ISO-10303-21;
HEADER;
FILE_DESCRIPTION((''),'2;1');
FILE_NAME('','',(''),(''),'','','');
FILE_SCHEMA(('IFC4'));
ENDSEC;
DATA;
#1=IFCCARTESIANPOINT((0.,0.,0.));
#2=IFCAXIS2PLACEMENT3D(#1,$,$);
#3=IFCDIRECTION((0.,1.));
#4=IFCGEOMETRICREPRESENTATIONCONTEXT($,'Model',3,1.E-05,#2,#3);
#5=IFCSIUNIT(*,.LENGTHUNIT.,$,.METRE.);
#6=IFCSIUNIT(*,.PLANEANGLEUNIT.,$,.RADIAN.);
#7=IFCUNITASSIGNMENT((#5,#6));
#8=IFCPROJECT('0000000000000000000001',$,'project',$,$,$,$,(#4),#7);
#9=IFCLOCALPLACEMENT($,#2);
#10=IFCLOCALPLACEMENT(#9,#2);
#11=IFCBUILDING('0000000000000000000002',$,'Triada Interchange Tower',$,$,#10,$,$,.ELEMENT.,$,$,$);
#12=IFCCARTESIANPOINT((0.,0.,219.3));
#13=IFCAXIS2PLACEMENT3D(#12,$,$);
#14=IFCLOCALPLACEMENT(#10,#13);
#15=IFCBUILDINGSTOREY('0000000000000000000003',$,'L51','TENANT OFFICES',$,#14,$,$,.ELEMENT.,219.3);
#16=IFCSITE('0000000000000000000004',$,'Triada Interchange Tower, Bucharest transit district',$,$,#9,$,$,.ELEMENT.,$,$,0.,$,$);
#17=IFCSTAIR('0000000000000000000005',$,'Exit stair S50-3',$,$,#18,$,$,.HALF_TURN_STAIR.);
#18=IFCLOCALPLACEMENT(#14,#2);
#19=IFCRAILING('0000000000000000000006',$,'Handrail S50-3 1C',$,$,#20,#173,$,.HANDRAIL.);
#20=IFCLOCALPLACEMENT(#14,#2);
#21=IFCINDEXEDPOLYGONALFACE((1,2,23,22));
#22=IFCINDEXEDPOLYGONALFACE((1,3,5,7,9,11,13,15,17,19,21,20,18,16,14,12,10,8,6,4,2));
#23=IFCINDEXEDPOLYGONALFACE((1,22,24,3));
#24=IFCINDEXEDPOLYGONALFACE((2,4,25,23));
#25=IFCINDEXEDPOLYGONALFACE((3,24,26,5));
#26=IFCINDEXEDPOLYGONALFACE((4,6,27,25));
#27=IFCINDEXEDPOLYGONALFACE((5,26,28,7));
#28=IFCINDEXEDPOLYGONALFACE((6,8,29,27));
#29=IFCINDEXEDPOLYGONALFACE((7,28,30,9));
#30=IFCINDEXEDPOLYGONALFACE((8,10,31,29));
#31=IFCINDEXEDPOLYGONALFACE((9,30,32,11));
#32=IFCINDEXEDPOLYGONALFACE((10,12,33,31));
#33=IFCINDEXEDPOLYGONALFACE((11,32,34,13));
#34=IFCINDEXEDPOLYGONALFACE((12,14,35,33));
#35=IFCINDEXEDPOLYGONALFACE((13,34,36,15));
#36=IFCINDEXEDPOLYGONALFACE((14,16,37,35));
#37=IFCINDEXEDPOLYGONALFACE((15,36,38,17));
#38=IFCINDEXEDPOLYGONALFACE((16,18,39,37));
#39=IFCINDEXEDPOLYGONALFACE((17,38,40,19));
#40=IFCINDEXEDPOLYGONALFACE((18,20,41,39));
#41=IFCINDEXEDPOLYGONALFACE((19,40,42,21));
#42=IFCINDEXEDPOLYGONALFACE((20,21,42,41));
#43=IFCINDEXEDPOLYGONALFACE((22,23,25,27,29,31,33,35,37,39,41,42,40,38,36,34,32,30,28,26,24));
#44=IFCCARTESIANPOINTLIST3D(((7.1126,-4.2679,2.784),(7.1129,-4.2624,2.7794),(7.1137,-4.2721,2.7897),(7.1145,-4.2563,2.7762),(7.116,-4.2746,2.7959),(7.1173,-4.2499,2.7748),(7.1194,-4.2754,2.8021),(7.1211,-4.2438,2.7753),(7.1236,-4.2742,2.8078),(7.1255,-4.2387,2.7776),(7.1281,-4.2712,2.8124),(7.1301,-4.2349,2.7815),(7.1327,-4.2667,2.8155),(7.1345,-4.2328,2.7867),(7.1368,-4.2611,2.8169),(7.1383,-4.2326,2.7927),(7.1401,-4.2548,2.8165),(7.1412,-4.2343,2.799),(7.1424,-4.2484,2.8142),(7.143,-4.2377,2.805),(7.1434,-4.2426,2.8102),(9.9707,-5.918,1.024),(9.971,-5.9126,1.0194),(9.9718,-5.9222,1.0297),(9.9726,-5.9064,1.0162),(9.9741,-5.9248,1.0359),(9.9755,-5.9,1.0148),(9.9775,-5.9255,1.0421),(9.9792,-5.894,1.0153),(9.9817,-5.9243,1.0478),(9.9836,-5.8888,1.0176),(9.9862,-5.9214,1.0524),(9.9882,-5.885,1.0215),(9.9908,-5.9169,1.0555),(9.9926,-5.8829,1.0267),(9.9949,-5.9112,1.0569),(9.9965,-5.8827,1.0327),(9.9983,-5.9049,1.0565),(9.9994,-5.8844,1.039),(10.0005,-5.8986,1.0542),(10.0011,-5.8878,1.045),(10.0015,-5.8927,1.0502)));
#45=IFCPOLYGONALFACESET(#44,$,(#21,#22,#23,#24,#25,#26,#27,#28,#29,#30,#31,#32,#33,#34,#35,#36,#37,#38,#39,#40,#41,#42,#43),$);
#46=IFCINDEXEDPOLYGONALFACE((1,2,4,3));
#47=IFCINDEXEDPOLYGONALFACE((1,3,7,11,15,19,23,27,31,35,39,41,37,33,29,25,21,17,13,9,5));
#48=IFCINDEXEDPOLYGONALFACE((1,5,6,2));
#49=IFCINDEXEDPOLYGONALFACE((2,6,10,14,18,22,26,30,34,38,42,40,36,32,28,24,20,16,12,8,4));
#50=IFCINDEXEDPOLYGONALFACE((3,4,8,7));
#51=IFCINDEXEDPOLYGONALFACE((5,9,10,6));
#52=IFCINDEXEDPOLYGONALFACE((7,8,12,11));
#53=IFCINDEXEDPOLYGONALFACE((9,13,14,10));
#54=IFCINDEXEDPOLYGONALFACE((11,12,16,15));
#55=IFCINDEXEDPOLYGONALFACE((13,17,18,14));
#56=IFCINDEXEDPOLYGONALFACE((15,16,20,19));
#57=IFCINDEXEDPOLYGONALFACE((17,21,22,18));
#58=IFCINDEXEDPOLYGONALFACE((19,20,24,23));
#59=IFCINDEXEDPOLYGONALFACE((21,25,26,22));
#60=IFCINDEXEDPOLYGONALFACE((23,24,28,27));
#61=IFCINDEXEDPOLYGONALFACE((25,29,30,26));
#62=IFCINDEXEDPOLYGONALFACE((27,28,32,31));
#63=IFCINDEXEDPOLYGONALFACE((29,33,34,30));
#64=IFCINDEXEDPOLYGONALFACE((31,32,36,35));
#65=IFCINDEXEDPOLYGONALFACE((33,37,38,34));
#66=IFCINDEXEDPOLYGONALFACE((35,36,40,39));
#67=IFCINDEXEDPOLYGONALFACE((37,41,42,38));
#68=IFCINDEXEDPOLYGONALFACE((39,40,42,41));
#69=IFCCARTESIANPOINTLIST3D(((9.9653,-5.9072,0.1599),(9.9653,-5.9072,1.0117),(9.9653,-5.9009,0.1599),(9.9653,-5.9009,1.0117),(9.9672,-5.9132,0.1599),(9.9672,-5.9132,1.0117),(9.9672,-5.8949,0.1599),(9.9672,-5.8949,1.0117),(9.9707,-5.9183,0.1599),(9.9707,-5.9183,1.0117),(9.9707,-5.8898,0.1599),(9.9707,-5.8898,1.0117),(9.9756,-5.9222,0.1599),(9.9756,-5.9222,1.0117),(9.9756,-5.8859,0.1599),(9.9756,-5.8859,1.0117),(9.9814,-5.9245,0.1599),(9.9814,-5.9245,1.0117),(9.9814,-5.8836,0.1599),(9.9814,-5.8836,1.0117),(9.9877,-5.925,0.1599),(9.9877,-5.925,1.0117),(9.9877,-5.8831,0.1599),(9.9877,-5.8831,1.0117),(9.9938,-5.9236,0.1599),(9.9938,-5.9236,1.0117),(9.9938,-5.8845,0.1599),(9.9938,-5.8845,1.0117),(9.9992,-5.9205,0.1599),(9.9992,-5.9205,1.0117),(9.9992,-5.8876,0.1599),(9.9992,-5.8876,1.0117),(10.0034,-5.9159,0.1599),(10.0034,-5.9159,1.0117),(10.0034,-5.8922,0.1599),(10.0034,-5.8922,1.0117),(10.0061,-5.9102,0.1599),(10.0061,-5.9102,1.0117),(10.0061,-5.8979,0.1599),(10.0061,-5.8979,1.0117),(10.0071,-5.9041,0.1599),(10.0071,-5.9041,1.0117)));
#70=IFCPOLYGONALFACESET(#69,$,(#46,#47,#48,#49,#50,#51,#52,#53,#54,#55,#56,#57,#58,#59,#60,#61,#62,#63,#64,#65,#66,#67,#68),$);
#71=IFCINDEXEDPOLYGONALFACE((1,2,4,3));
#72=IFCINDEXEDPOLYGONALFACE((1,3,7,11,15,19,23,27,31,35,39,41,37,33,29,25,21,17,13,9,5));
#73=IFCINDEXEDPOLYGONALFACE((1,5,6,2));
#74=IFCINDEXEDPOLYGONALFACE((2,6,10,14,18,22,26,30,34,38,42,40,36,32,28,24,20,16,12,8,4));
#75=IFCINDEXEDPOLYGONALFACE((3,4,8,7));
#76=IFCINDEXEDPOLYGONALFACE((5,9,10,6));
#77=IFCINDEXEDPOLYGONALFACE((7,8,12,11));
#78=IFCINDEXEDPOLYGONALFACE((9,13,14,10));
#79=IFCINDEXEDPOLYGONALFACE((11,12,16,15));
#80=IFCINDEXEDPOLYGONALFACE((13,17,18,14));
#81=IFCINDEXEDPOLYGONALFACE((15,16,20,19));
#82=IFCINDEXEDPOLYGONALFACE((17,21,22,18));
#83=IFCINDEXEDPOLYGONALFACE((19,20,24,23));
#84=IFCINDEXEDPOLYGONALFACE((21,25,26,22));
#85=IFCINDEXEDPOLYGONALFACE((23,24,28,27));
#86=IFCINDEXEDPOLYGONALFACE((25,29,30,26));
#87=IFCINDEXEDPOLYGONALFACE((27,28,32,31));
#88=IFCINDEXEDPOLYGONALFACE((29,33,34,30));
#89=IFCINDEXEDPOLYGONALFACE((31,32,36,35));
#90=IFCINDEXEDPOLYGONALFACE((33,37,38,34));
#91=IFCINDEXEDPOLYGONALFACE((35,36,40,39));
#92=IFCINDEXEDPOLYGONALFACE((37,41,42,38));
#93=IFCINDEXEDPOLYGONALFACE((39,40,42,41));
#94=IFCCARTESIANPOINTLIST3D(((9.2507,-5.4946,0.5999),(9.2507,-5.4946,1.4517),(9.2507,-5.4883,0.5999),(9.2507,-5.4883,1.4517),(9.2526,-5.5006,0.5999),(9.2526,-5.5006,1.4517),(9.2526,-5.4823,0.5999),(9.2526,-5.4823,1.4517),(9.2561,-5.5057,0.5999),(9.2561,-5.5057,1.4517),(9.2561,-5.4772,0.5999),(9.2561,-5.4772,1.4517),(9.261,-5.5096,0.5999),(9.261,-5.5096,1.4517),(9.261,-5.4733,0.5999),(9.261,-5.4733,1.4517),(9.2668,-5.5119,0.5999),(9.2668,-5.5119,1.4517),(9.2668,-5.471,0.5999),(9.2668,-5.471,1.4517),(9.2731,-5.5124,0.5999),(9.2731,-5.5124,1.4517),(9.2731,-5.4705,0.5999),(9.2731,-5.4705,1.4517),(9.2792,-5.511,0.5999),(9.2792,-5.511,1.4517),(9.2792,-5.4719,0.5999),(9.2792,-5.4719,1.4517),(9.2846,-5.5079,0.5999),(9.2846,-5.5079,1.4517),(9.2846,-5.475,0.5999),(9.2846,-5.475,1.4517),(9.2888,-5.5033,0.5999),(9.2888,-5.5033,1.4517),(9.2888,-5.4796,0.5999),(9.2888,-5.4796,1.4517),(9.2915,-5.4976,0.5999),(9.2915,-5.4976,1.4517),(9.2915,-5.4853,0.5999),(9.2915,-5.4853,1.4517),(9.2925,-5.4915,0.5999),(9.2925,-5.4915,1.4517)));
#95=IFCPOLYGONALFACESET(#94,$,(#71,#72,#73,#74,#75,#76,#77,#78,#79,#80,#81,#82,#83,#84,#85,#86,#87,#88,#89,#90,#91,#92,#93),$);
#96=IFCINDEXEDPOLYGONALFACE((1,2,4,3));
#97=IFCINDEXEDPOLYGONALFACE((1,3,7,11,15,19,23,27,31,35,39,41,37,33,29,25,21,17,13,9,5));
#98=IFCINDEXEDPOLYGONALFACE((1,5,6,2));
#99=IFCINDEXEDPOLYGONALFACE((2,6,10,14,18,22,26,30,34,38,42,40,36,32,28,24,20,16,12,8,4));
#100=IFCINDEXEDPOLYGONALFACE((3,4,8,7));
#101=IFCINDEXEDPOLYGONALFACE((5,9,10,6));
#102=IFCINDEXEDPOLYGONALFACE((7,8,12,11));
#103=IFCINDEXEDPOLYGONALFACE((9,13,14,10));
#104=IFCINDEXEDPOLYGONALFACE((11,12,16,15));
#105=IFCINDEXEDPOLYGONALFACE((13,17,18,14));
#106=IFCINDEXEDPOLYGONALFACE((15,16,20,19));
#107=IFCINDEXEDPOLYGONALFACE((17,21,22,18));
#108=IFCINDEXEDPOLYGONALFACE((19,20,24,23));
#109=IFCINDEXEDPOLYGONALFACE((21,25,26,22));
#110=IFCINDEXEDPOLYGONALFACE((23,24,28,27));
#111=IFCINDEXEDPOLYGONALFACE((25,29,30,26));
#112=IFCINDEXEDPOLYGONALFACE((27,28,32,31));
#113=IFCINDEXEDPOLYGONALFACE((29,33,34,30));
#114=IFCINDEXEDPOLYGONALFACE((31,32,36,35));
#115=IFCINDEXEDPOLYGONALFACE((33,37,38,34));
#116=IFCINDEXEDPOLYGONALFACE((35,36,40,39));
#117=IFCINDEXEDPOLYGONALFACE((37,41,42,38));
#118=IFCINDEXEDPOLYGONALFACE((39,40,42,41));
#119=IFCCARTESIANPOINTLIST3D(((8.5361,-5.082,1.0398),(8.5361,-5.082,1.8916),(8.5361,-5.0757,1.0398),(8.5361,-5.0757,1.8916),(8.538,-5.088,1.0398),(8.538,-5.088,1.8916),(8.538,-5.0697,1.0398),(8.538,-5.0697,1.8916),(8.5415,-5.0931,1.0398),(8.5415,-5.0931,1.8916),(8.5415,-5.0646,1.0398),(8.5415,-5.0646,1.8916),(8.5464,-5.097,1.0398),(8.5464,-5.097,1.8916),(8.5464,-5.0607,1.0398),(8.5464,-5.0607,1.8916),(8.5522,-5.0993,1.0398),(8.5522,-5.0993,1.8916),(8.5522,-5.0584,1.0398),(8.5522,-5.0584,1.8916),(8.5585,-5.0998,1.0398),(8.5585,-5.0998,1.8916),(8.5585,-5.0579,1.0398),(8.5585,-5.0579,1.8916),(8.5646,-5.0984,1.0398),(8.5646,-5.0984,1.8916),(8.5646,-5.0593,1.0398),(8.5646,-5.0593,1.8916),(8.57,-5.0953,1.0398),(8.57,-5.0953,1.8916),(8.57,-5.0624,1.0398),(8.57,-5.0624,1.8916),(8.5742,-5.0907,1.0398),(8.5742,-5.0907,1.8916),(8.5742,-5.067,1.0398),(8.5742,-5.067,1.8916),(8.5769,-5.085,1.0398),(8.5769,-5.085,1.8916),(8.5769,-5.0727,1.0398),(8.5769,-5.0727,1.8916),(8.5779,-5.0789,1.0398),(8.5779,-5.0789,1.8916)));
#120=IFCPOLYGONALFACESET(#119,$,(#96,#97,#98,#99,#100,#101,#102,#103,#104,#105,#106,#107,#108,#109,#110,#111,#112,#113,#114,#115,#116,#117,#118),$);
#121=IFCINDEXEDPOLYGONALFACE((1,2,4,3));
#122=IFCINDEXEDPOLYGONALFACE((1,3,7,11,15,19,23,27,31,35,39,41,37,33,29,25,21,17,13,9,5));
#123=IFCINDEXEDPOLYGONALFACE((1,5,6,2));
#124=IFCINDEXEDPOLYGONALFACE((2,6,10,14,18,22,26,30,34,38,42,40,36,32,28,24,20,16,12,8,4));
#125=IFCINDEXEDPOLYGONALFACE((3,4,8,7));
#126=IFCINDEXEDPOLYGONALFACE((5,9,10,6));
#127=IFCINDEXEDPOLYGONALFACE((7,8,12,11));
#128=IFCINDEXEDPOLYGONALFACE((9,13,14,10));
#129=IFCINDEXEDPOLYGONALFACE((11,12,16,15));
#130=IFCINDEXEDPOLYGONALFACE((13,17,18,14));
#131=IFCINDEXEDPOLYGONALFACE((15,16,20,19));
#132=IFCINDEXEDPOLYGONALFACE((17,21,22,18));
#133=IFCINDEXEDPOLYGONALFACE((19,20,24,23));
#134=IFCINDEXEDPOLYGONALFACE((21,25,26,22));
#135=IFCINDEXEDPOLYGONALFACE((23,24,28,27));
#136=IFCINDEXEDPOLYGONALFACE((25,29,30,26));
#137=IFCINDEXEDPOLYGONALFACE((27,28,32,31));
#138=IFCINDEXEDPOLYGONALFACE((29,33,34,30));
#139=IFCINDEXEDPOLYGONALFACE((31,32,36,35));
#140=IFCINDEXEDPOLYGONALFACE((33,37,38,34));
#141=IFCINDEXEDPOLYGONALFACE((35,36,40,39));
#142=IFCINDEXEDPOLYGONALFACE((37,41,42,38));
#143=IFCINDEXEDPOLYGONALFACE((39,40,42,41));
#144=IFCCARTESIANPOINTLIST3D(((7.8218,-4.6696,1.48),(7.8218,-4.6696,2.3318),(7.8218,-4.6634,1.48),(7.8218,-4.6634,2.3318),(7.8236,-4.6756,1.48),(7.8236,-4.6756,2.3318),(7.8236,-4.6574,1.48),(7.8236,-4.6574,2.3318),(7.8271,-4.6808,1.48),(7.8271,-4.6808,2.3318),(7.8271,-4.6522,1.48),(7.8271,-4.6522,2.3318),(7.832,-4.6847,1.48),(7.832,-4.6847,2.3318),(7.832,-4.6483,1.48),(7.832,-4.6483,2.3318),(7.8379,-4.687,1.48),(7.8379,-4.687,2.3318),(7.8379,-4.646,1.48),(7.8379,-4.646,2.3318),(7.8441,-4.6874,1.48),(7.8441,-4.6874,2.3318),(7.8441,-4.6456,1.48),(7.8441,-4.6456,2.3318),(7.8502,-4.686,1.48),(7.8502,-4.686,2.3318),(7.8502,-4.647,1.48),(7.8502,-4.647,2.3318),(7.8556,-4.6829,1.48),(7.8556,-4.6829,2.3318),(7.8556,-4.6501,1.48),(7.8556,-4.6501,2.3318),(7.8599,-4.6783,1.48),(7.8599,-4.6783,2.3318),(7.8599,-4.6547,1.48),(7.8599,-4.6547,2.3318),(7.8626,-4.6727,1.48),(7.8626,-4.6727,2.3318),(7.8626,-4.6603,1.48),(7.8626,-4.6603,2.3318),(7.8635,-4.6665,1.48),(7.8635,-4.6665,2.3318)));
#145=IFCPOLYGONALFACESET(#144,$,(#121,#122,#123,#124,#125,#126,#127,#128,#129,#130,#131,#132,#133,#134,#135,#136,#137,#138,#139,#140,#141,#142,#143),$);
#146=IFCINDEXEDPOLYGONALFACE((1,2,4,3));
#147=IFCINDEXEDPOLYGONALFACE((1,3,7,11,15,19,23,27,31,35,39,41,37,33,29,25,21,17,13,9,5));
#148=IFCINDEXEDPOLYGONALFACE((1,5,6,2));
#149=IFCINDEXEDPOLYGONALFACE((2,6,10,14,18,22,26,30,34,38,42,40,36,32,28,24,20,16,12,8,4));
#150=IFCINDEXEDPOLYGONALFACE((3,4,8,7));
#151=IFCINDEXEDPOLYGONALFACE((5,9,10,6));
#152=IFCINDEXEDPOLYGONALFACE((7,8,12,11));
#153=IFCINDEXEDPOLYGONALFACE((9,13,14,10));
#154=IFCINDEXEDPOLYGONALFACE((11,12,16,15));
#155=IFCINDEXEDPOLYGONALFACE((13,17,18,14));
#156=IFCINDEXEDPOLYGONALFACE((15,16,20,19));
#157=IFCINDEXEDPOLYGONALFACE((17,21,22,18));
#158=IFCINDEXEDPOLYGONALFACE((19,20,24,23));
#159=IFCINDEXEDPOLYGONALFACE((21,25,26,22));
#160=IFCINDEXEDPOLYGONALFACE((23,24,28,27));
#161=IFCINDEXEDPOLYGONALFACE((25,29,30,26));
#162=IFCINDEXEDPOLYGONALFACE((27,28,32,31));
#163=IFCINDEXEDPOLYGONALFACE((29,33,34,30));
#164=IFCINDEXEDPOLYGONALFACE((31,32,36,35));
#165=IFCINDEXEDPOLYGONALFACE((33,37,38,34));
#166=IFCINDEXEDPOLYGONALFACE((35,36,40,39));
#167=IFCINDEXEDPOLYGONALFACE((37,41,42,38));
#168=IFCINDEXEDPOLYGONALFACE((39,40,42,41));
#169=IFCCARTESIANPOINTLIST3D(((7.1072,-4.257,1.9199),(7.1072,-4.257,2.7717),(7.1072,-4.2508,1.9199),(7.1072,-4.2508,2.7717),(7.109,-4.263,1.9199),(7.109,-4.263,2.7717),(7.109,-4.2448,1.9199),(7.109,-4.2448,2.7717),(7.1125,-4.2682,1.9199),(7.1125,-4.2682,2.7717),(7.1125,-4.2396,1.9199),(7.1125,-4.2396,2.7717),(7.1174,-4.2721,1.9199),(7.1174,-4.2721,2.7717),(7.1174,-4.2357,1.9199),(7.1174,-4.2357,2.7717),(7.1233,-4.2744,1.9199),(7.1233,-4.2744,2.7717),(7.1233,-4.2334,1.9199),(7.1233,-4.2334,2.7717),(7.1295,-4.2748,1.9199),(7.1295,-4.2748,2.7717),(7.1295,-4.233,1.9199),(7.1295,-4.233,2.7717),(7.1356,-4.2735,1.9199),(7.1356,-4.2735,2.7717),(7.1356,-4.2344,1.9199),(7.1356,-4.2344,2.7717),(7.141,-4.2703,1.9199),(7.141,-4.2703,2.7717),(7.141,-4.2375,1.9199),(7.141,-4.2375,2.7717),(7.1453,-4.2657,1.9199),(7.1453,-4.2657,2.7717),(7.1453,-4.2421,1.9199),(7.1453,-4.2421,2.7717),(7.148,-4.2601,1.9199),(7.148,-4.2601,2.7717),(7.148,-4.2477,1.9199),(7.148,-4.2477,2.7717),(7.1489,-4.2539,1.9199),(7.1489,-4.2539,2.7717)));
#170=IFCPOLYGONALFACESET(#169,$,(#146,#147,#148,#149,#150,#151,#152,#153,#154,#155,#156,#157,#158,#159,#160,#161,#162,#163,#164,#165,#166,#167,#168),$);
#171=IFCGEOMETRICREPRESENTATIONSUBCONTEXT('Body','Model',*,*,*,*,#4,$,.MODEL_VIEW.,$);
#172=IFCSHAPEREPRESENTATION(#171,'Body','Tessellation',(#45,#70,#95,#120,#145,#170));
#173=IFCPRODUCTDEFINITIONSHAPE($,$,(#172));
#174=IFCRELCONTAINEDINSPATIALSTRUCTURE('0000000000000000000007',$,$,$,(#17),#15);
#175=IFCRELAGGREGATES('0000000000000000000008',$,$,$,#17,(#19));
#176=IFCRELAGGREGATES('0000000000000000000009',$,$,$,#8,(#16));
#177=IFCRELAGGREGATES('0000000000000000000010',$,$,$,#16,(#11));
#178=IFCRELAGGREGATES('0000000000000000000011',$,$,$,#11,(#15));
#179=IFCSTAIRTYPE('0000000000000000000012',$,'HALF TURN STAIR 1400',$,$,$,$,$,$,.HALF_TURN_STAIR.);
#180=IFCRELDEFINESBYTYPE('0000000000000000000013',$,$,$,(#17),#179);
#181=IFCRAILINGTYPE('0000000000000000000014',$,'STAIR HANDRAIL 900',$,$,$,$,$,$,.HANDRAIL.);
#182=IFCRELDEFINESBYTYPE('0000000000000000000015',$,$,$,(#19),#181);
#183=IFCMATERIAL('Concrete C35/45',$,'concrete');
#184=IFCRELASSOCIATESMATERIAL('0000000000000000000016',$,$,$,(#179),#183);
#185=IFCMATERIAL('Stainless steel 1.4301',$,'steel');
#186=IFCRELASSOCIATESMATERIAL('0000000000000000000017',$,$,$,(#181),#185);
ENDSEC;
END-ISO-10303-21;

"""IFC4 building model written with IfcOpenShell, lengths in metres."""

from ifc_helpers import new_model, si_unit, direction, frame, origin, origin_2d, place, context, subcontext, project, spatial, circle, extrude, material, type_object, element, aggregate, save


model = new_model("IFC4")

# Units and contexts
model_context = context("Model", 3, precision=1e-05, world=origin(), true_north=direction((0.0, 1.0)))
body_context = subcontext(model_context, "Body", "Model", "MODEL_VIEW")
ifc_project = project(units=[si_unit("LENGTHUNIT", "METRE"), si_unit("PLANEANGLEUNIT", "RADIAN")], contexts=[model_context])

# Site, building, storey
site_placement = place(None, origin())
site = spatial("IfcSite", under=ifc_project, at=site_placement, Name="Triada Interchange Tower, Bucharest transit district", CompositionType="ELEMENT", RefElevation=0.0)
building_placement = place(site_placement, origin())
building = spatial("IfcBuilding", under=site, at=building_placement, Name="Triada Interchange Tower", CompositionType="ELEMENT")
storey_placement = place(building_placement, frame((0.0, 0.0, 219.3)))
storey = spatial("IfcBuildingStorey", under=building, at=storey_placement, Name="L51", Description="TENANT OFFICES", CompositionType="ELEMENT", Elevation=219.3)

# Stair, railing
ifc_material_1 = material(Name="Concrete C35/45", Category="concrete")
stair_type = type_object("IfcStairType", Name="HALF TURN STAIR 1400", PredefinedType="HALF_TURN_STAIR", material=ifc_material_1)
stair_placement = place(storey_placement, origin())
stair = element("IfcStair", 1, at=stair_placement, inside=storey, type_object=stair_type, Name="Exit stair S50-3", PredefinedType="HALF_TURN_STAIR")
ifc_material_2 = material(Name="Stainless steel 1.4301", Category="steel")
railing_type = type_object("IfcRailingType", Name="STAIR HANDRAIL 900", PredefinedType="HANDRAIL", material=ifc_material_2)
railing_1_placement = place(storey_placement, frame((9.9861, -5.9041, 0.1599)))
railing_1 = element("IfcRailing", 2, at=railing_1_placement, type_object=railing_type, Name="Handrail S50-3 1C", PredefinedType="HANDRAIL", context=body_context, shape_type="SweptSolid", body=[
    extrude(circle(Radius=0.0239, at=origin_2d()), frame((0.0, 0.0, 0.876), z_axis=(-0.764156, 0.441183, 0.470556), x_axis=(-0.499998, -0.866027, 0.0)), (0.0, 0.0, 1.0), 3.7402),
    extrude(circle(Radius=0.021, at=origin_2d()), origin(), (0.0, 0.0, 1.0), 0.8518),
    extrude(circle(Radius=0.021, at=origin_2d()), frame((-0.7146, 0.4126, 0.4399)), (0.0, 0.0, 1.0), 0.8518),
    extrude(circle(Radius=0.021, at=origin_2d()), frame((-1.4292, 0.8252, 0.8799)), (0.0, 0.0, 1.0), 0.8518),
    extrude(circle(Radius=0.021, at=origin_2d()), frame((-2.1436, 1.2375, 1.3201)), (0.0, 0.0, 1.0), 0.8518),
    extrude(circle(Radius=0.021, at=origin_2d()), frame((-2.8582, 1.6501, 1.76)), (0.0, 0.0, 1.0), 0.8518),
])
aggregate(stair, [railing_1])

save(model, "model.ifc")
